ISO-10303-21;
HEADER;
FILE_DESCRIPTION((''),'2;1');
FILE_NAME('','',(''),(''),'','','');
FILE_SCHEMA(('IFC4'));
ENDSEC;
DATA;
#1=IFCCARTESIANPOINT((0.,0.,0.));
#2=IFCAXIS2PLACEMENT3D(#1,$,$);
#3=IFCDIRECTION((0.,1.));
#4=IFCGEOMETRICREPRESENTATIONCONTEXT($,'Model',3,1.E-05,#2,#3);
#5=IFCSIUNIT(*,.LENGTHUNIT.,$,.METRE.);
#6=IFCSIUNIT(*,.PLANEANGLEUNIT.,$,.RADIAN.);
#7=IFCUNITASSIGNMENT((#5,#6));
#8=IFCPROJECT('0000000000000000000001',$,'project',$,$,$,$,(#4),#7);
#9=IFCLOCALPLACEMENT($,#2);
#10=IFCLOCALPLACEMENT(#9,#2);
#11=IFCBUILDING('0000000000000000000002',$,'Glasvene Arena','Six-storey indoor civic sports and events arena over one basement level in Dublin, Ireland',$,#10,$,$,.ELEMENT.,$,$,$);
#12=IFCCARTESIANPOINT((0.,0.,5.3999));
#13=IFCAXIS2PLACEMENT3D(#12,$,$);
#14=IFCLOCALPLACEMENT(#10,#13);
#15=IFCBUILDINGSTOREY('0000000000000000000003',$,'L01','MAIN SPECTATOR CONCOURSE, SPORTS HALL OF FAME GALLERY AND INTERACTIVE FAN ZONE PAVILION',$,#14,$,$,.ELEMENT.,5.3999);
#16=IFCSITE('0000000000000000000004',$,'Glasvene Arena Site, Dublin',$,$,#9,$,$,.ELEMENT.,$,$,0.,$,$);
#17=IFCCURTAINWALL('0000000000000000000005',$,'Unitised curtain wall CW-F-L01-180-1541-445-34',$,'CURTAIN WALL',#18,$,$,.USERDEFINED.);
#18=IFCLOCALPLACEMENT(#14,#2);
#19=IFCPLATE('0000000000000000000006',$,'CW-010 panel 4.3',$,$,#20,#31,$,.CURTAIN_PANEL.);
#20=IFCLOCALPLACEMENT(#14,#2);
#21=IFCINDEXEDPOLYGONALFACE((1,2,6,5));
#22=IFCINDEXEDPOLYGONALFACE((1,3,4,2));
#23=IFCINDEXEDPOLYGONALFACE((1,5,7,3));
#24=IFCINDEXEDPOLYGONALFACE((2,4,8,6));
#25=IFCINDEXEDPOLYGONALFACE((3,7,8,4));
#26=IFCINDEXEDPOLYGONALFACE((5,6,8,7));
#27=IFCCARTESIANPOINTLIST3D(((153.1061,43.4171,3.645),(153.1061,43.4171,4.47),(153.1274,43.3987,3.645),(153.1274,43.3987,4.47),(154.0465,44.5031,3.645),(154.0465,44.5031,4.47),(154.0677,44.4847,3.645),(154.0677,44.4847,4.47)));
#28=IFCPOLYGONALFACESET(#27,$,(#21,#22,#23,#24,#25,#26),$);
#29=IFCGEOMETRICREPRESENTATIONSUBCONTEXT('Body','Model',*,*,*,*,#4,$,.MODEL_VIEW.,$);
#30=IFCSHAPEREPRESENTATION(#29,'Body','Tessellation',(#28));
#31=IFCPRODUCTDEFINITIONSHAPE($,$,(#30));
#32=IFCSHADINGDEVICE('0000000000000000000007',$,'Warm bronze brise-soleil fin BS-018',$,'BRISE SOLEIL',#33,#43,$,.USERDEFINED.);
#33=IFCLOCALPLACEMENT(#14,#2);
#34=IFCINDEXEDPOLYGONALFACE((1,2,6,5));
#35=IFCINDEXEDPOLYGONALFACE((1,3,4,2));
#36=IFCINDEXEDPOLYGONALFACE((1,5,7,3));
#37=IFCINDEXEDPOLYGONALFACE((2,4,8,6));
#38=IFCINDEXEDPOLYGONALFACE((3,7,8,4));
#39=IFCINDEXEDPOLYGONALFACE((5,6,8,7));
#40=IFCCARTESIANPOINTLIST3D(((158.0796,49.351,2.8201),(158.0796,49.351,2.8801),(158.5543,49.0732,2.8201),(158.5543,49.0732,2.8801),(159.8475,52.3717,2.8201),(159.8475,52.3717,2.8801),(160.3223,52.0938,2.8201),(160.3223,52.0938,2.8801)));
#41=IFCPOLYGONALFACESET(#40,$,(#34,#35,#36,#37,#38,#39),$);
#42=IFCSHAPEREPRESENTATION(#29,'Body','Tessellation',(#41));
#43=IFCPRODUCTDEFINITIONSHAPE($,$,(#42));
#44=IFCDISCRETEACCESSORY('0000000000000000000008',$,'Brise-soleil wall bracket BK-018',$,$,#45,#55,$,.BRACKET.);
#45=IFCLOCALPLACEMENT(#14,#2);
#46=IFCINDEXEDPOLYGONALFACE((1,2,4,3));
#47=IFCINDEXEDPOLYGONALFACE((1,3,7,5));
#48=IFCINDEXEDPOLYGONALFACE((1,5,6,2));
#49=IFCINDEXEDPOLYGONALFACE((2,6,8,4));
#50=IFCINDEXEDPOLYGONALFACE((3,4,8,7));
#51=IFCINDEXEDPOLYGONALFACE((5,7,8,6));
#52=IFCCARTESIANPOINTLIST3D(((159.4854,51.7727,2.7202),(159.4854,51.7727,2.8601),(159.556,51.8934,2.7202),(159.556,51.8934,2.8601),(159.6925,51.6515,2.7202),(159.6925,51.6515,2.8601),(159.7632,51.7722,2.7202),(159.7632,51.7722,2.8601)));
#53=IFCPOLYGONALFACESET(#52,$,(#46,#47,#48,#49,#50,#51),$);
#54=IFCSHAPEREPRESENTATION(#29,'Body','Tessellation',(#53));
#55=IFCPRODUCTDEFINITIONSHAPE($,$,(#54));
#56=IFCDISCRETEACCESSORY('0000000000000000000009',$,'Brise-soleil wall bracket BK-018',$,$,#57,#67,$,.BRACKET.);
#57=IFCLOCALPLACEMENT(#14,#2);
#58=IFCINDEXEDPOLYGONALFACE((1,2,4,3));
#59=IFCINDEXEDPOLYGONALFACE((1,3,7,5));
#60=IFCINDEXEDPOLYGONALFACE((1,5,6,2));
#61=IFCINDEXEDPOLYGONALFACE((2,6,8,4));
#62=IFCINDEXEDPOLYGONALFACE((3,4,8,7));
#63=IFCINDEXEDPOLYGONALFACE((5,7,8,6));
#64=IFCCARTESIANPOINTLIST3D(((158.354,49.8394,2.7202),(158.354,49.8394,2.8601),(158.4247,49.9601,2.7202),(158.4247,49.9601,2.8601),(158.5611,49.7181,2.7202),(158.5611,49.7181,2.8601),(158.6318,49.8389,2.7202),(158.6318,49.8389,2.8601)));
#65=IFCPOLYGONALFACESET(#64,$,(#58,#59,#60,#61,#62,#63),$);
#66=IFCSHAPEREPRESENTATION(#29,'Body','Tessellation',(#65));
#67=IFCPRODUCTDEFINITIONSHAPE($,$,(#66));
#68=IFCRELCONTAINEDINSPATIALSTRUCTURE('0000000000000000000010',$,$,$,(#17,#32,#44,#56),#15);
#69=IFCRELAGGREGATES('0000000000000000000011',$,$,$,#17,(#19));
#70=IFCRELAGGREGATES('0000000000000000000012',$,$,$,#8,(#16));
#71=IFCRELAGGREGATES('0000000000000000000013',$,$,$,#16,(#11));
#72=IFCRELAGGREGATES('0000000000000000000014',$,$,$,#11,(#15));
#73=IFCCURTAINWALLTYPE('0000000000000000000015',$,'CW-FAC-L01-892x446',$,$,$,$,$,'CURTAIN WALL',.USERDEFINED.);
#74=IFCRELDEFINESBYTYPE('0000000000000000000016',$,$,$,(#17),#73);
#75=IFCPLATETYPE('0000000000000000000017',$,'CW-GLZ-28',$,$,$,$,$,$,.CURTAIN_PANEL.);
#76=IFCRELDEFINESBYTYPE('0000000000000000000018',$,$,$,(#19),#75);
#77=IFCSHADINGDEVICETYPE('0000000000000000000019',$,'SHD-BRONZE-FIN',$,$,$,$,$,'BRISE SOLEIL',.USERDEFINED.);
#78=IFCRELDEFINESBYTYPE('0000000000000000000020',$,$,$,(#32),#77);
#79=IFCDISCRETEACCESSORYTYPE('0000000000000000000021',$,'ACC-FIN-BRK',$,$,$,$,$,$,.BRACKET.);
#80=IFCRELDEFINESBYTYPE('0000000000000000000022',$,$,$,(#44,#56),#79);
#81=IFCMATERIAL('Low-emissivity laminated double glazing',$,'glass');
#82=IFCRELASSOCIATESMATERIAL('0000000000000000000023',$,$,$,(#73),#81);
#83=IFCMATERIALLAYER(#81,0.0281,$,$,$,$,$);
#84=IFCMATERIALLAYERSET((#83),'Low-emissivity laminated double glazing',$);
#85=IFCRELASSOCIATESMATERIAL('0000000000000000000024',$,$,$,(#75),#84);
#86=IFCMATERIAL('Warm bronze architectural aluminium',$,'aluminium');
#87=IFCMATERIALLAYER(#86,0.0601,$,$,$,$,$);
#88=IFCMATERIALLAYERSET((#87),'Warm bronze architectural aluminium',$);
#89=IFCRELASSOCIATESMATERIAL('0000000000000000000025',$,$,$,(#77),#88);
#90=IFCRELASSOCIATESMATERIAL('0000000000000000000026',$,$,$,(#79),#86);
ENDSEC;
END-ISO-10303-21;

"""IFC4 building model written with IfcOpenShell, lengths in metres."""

from ifc_helpers import new_model, si_unit, direction, frame, origin, origin_2d, place, context, subcontext, project, spatial, rectangle, extrude, material, layer, layer_set, type_object, element, aggregate, save


model = new_model("IFC4")

# Units and contexts
model_context = context("Model", 3, precision=1e-05, world=origin(), true_north=direction((0.0, 1.0)))
body_context = subcontext(model_context, "Body", "Model", "MODEL_VIEW")
ifc_project = project(units=[si_unit("LENGTHUNIT", "METRE"), si_unit("PLANEANGLEUNIT", "RADIAN")], contexts=[model_context])

# Site, building, storey
site_placement = place(None, origin())
site = spatial("IfcSite", under=ifc_project, at=site_placement, Name="Glasvene Arena Site, Dublin", CompositionType="ELEMENT", RefElevation=0.0)
building_placement = place(site_placement, origin())
building = spatial("IfcBuilding", under=site, at=building_placement, Name="Glasvene Arena", Description="Six-storey indoor civic sports and events arena over one basement level in Dublin, Ireland", CompositionType="ELEMENT")
storey_placement = place(building_placement, frame((0.0, 0.0, 5.3999)))
storey = spatial("IfcBuildingStorey", under=building, at=storey_placement, Name="L01", Description="MAIN SPECTATOR CONCOURSE, SPORTS HALL OF FAME GALLERY AND INTERACTIVE FAN ZONE PAVILION", CompositionType="ELEMENT", Elevation=5.3999)

# Curtain wall, plate
ifc_material_1 = material(Name="Low-emissivity laminated double glazing", Category="glass")
curtain_wall_type = type_object("IfcCurtainWallType", Name="CW-FAC-L01-892x446", ElementType="CURTAIN WALL", PredefinedType="USERDEFINED", material=ifc_material_1)
curtain_wall_placement = place(storey_placement, frame((156.9927, 47.8845, 0.0)))
curtain_wall = element("IfcCurtainWall", 1, at=curtain_wall_placement, inside=storey, type_object=curtain_wall_type, Name="Unitised curtain wall CW-F-L01-180-1541-445-34", ObjectType="CURTAIN WALL", PredefinedType="USERDEFINED")
ifc_layer_1 = layer(ifc_material_1, 0.0281)
ifc_layer_set_1 = layer_set([ifc_layer_1], Name="Low-emissivity laminated double glazing")
plate_type = type_object("IfcPlateType", Name="CW-GLZ-28", PredefinedType="CURTAIN_PANEL", material=ifc_layer_set_1)
plate_1_placement = place(storey_placement, frame((153.5869, 43.9509, 3.645), z_axis=(0.0, 0.0, 1.0), x_axis=(-0.654577, -0.755995, 0.0)))
plate_1 = element("IfcPlate", 2, at=plate_1_placement, type_object=plate_type, Name="CW-010 panel 4.3", PredefinedType="CURTAIN_PANEL", context=body_context, shape_type="SweptSolid", body=[
    extrude(rectangle(XDim=1.4365, YDim=0.0281, at=origin_2d()), origin(), (0.0, 0.0, 1.0), 0.825),
])
aggregate(curtain_wall, [plate_1])

# Shading device
ifc_material_2 = material(Name="Warm bronze architectural aluminium", Category="aluminium")
ifc_layer_2 = layer(ifc_material_2, 0.0601)
ifc_layer_set_2 = layer_set([ifc_layer_2], Name="Warm bronze architectural aluminium")
shading_device_type = type_object("IfcShadingDeviceType", Name="SHD-BRONZE-FIN", ElementType="BRISE SOLEIL", PredefinedType="USERDEFINED", material=ifc_layer_set_2)
shading_device_placement = place(storey_placement, frame((159.2009, 50.7224, 2.8201), z_axis=(0.0, 0.0, 1.0), x_axis=(-0.50513, -0.863043, 0.0)))
element("IfcShadingDevice", 3, at=shading_device_placement, inside=storey, type_object=shading_device_type, Name="Warm bronze brise-soleil fin BS-018", ObjectType="BRISE SOLEIL", PredefinedType="USERDEFINED", context=body_context, shape_type="SweptSolid", body=[
    extrude(rectangle(XDim=3.5, YDim=0.55, at=origin_2d()), origin(), (0.0, 0.0, 1.0), 0.0601),
])

# Discrete accessories
discrete_accessory_type = type_object("IfcDiscreteAccessoryType", Name="ACC-FIN-BRK", PredefinedType="BRACKET", material=ifc_material_2)
for number, where, z_axis, x_axis, name in (
    (4, (159.6243, 51.7725, 2.7202), (0.0, 0.0, 1.0), (-0.50513, -0.863043, 0.0), "Brise-soleil wall bracket BK-018"),
    (5, (158.4929, 49.8391, 2.7202), (0.0, 0.0, 1.0), (-0.50513, -0.863043, 0.0), "Brise-soleil wall bracket BK-018"),
):
    element("IfcDiscreteAccessory", number, at=place(storey_placement, frame(where, z_axis=z_axis, x_axis=x_axis)), inside=storey, type_object=discrete_accessory_type, Name=name, PredefinedType="BRACKET", context=body_context, shape_type="SweptSolid", body=[
        extrude(rectangle(XDim=0.1399, YDim=0.24, at=origin_2d()), origin(), (0.0, 0.0, 1.0), 0.1399),
    ])

save(model, "model.ifc")
